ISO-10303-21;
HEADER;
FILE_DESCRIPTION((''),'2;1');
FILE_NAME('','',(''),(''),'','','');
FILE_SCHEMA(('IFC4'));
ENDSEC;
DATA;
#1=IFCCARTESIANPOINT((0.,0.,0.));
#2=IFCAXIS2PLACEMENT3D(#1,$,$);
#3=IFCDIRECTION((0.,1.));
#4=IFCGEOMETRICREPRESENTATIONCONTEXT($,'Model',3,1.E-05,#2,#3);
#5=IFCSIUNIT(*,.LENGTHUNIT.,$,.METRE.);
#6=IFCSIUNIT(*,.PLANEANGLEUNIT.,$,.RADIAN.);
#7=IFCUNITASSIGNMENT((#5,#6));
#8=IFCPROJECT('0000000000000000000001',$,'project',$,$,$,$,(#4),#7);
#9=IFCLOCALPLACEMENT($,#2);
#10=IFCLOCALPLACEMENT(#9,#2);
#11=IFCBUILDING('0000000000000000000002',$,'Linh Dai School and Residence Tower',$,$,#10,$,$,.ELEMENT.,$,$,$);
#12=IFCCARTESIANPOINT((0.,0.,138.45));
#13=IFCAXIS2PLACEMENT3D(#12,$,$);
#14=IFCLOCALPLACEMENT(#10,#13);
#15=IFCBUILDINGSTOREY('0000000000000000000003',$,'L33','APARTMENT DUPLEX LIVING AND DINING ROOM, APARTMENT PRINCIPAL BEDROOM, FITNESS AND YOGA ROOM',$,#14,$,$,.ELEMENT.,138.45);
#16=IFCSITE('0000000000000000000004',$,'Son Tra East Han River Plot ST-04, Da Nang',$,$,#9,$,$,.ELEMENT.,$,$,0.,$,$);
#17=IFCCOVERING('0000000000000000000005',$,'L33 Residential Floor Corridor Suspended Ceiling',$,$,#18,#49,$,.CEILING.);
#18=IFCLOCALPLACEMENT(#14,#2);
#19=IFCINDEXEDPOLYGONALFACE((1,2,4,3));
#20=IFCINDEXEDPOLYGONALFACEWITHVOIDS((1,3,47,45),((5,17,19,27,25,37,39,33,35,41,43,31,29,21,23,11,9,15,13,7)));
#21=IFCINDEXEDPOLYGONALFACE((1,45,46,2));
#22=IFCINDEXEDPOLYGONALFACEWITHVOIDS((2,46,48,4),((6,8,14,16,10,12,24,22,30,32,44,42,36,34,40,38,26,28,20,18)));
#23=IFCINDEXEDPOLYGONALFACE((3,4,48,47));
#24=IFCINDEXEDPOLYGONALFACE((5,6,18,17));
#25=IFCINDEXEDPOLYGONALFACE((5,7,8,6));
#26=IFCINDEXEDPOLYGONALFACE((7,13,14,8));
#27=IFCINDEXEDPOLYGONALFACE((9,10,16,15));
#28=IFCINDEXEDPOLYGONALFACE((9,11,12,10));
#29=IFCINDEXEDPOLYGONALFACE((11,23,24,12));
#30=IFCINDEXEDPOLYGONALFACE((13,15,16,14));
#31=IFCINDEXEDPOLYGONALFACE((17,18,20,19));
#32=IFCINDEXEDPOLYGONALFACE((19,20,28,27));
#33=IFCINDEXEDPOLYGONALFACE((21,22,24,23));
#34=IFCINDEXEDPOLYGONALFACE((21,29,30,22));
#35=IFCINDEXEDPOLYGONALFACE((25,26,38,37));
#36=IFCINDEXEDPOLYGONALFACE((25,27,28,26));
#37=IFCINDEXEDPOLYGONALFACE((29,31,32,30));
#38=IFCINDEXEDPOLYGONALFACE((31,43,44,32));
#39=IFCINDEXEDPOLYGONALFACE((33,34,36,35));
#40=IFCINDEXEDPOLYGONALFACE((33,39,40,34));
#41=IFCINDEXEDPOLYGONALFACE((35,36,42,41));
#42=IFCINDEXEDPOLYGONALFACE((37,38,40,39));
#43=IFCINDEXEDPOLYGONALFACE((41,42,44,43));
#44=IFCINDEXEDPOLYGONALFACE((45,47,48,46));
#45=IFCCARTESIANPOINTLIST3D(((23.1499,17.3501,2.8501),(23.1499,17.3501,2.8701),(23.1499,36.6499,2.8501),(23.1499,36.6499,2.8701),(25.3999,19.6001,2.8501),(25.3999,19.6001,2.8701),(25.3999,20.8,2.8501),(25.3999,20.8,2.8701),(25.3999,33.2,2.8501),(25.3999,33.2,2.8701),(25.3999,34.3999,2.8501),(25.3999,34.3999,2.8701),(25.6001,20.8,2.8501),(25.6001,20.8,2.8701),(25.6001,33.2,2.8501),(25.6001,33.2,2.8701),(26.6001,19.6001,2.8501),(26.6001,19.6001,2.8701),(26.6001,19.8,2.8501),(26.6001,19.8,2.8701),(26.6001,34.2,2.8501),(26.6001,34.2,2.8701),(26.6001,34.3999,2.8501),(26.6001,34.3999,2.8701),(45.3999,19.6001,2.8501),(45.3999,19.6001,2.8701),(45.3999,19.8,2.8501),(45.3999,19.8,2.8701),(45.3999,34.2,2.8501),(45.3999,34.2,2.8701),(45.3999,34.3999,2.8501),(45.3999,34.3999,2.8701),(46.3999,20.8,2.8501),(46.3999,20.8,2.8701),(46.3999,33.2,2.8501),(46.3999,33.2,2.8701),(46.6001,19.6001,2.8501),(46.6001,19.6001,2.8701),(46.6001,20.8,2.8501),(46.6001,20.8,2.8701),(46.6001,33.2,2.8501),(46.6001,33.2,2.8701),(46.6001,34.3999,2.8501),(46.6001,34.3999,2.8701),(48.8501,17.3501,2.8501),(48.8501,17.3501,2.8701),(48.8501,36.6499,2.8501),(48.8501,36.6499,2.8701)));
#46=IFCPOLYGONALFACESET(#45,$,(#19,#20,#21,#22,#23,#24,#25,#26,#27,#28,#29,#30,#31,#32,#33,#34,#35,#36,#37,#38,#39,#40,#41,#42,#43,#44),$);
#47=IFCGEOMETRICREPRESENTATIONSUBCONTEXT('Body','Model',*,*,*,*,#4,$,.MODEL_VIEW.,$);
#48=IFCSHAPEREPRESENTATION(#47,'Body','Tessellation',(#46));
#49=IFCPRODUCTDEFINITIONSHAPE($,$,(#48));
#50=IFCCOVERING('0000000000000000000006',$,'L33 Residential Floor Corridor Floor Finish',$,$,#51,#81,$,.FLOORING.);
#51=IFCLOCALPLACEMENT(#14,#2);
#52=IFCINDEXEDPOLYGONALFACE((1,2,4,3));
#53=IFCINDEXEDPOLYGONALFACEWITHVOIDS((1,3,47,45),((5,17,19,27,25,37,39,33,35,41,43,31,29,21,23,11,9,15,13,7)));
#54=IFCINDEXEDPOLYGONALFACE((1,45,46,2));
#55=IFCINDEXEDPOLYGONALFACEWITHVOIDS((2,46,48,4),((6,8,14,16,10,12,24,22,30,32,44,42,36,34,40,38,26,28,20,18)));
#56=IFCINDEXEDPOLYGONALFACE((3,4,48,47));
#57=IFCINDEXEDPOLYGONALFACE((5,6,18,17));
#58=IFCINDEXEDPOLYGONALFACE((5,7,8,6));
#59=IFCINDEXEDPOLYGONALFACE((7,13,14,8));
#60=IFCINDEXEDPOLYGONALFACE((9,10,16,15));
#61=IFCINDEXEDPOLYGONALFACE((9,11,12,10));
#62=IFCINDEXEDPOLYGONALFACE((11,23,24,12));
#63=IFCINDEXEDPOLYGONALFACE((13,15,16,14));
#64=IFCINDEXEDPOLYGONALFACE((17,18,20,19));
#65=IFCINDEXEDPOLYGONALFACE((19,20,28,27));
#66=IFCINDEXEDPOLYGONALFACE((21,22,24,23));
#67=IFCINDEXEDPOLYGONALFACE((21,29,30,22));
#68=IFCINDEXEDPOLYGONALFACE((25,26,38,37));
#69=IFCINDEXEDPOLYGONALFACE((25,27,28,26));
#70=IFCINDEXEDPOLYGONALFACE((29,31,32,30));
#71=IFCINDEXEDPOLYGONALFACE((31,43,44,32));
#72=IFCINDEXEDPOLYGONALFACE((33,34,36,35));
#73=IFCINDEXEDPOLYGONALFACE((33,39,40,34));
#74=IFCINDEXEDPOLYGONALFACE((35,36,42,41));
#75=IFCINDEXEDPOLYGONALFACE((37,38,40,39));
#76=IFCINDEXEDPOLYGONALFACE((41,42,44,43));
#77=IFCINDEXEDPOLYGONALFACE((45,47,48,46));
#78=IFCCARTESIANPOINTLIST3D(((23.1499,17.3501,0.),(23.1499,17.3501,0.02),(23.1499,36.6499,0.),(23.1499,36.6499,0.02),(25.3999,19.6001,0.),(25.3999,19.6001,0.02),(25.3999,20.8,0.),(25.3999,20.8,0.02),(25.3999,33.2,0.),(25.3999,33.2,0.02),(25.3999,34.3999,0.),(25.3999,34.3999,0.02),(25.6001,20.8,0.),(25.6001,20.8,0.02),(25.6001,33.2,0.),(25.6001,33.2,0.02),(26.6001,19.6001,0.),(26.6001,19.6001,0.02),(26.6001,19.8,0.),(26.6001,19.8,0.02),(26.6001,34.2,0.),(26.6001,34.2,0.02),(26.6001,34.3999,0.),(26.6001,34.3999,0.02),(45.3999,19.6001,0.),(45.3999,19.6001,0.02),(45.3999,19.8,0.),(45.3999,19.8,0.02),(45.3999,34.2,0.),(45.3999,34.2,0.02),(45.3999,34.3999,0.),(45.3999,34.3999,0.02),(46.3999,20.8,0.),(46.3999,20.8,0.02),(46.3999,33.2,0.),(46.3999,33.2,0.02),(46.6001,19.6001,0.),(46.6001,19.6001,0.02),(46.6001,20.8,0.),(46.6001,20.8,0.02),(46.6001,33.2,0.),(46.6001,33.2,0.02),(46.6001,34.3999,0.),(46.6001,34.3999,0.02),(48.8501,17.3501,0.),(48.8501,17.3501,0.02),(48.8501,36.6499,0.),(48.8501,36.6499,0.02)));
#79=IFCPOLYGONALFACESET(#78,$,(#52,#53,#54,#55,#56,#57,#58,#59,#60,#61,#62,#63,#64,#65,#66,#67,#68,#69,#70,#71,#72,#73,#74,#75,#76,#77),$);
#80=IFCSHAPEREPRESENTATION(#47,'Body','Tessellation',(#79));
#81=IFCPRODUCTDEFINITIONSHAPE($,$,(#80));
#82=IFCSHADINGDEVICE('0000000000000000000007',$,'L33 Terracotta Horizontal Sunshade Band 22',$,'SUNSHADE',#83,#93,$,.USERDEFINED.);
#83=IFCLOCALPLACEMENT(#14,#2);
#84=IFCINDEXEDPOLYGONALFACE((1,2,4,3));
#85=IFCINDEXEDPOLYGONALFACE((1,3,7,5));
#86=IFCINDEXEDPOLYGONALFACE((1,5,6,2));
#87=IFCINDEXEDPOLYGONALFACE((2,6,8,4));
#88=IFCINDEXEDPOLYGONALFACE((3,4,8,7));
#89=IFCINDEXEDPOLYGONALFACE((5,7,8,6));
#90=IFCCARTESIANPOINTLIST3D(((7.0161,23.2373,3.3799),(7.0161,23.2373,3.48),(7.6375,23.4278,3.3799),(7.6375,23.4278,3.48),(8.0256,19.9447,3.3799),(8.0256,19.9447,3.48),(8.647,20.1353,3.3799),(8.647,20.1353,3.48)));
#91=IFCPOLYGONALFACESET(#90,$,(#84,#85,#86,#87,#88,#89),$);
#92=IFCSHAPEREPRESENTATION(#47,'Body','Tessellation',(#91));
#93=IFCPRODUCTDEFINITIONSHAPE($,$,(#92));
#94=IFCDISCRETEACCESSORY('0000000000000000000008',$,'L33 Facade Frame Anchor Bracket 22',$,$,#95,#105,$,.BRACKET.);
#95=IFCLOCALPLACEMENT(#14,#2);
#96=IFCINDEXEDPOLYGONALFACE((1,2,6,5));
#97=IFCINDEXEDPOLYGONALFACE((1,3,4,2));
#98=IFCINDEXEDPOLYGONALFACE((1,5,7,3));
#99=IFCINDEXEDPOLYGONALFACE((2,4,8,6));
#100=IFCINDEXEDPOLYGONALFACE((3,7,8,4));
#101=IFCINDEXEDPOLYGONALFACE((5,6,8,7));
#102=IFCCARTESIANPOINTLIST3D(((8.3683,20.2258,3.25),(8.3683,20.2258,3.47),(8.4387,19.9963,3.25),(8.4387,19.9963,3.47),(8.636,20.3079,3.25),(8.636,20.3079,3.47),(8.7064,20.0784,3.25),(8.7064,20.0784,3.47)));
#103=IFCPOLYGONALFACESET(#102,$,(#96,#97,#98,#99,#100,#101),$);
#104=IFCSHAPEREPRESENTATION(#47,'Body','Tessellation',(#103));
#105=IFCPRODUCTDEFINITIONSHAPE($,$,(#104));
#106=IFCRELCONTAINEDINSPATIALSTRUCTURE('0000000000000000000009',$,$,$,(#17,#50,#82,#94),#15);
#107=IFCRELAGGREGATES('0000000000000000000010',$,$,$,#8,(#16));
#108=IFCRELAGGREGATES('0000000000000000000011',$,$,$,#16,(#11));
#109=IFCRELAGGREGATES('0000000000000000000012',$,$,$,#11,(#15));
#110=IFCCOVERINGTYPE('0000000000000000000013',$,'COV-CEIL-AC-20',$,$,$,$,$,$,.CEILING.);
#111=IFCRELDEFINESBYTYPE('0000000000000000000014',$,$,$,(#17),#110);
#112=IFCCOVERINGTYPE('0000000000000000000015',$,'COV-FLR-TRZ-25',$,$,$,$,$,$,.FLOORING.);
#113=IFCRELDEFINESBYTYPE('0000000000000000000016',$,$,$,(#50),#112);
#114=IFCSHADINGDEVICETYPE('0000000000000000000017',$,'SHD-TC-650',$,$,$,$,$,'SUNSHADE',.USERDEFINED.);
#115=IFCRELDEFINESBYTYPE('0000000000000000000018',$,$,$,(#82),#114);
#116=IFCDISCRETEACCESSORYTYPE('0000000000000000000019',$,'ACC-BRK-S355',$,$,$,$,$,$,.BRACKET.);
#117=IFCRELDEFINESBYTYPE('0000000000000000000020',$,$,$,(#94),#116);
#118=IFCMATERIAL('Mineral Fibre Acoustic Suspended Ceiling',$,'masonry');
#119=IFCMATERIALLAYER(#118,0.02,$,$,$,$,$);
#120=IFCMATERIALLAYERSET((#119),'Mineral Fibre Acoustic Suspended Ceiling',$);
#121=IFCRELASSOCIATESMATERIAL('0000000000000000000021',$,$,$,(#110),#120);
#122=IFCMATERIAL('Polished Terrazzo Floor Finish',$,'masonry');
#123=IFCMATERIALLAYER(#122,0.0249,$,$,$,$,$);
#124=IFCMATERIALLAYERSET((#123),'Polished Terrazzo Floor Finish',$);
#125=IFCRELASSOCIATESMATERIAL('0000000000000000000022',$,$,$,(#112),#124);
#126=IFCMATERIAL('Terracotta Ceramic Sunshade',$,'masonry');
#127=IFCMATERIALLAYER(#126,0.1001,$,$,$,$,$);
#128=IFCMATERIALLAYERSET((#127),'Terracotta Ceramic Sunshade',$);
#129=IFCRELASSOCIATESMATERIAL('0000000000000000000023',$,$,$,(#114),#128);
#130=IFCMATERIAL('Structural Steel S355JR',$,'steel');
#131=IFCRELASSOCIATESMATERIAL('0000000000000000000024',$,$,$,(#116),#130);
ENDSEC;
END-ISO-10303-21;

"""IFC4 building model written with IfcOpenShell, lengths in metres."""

from ifc_helpers import new_model, si_unit, direction, frame, origin, origin_2d, place, context, subcontext, project, spatial, polyline, rectangle, outline, extrude, source, transform, mapped, material, layer, layer_set, type_object, element, save


model = new_model("IFC4")

# Units and contexts
model_context = context("Model", 3, precision=1e-05, world=origin(), true_north=direction((0.0, 1.0)))
body_context = subcontext(model_context, "Body", "Model", "MODEL_VIEW")
ifc_project = project(units=[si_unit("LENGTHUNIT", "METRE"), si_unit("PLANEANGLEUNIT", "RADIAN")], contexts=[model_context])

# Site, building, storey
site_placement = place(None, origin())
site = spatial("IfcSite", under=ifc_project, at=site_placement, Name="Son Tra East Han River Plot ST-04, Da Nang", CompositionType="ELEMENT", RefElevation=0.0)
building_placement = place(site_placement, origin())
building = spatial("IfcBuilding", under=site, at=building_placement, Name="Linh Dai School and Residence Tower", CompositionType="ELEMENT")
storey_placement = place(building_placement, frame((0.0, 0.0, 138.45)))
storey = spatial("IfcBuildingStorey", under=building, at=storey_placement, Name="L33", Description="APARTMENT DUPLEX LIVING AND DINING ROOM, APARTMENT PRINCIPAL BEDROOM, FITNESS AND YOGA ROOM", CompositionType="ELEMENT", Elevation=138.45)

# Shared definitions
ifc_material_1 = material(Name="Structural Steel S355JR", Category="steel")

# Coverings
ifc_material_2 = material(Name="Mineral Fibre Acoustic Suspended Ceiling", Category="masonry")
ifc_layer_1 = layer(ifc_material_2, 0.02)
ifc_layer_set_1 = layer_set([ifc_layer_1], Name="Mineral Fibre Acoustic Suspended Ceiling")
covering_type_1 = type_object("IfcCoveringType", Name="COV-CEIL-AC-20", PredefinedType="CEILING", material=ifc_layer_set_1)
covering_1_placement = place(storey_placement, frame((0.0, 0.0, 2.8501)))
element("IfcCovering", 1, at=covering_1_placement, inside=storey, type_object=covering_type_1, Name="L33 Residential Floor Corridor Suspended Ceiling", PredefinedType="CEILING", context=body_context, shape_type="SweptSolid", body=[
    extrude(outline(polyline([(48.8501, 36.6499), (48.8501, 17.3501), (23.1499, 17.3501), (23.1499, 36.6499), (48.8501, 36.6499)]), holes=[polyline([(26.6001, 34.2), (26.6001, 34.3999), (25.3999, 34.3999), (25.3999, 33.2), (25.6001, 33.2), (25.6001, 20.8), (25.3999, 20.8), (25.3999, 19.6001), (26.6001, 19.6001), (26.6001, 19.8), (45.3999, 19.8), (45.3999, 19.6001), (46.6001, 19.6001), (46.6001, 20.8), (46.3999, 20.8), (46.3999, 33.2), (46.6001, 33.2), (46.6001, 34.3999), (45.3999, 34.3999), (45.3999, 34.2), (26.6001, 34.2)])]), origin(), (0.0, 0.0, 1.0), 0.02),
])
ifc_material_3 = material(Name="Polished Terrazzo Floor Finish", Category="masonry")
ifc_layer_2 = layer(ifc_material_3, 0.0249)
ifc_layer_set_2 = layer_set([ifc_layer_2], Name="Polished Terrazzo Floor Finish")
covering_type_2 = type_object("IfcCoveringType", Name="COV-FLR-TRZ-25", PredefinedType="FLOORING", material=ifc_layer_set_2)
covering_2_placement = place(storey_placement, origin())
element("IfcCovering", 2, at=covering_2_placement, inside=storey, type_object=covering_type_2, Name="L33 Residential Floor Corridor Floor Finish", PredefinedType="FLOORING", context=body_context, shape_type="SweptSolid", body=[
    extrude(outline(polyline([(48.8501, 36.6499), (48.8501, 17.3501), (23.1499, 17.3501), (23.1499, 36.6499), (48.8501, 36.6499)]), holes=[polyline([(26.6001, 34.2), (26.6001, 34.3999), (25.3999, 34.3999), (25.3999, 33.2), (25.6001, 33.2), (25.6001, 20.8), (25.3999, 20.8), (25.3999, 19.6001), (26.6001, 19.6001), (26.6001, 19.8), (45.3999, 19.8), (45.3999, 19.6001), (46.6001, 19.6001), (46.6001, 20.8), (46.3999, 20.8), (46.3999, 33.2), (46.6001, 33.2), (46.6001, 34.3999), (45.3999, 34.3999), (45.3999, 34.2), (26.6001, 34.2)])]), origin(), (0.0, 0.0, 1.0), 0.02),
])

# Shading device
ifc_material_4 = material(Name="Terracotta Ceramic Sunshade", Category="masonry")
ifc_layer_3 = layer(ifc_material_4, 0.1001)
ifc_layer_set_3 = layer_set([ifc_layer_3], Name="Terracotta Ceramic Sunshade")
shading_device_type = type_object("IfcShadingDeviceType", Name="SHD-TC-650", ElementType="SUNSHADE", PredefinedType="USERDEFINED", material=ifc_layer_set_3)
shared_shape_1 = source(origin(), body_context, "Body", "SweptSolid", [
    extrude(rectangle(XDim=3.4438, YDim=0.6499, at=origin_2d()), origin(), (0.0, 0.0, 1.0), 0.1001),
])
shading_device_placement = place(storey_placement, frame((7.8315, 21.6863, 3.3799), z_axis=(0.0, 0.0, 1.0), x_axis=(-0.293134, 0.956072, 0.0)))
element("IfcShadingDevice", 3, at=shading_device_placement, inside=storey, type_object=shading_device_type, Name="L33 Terracotta Horizontal Sunshade Band 22", ObjectType="SUNSHADE", PredefinedType="USERDEFINED", context=body_context, shape_type="MappedRepresentation", body=[
    mapped(shared_shape_1, transform((0.0, 0.0, 0.0), x_axis=(1.0, 0.0, 0.0), y_axis=(0.0, 1.0, 0.0), z_axis=(0.0, 0.0, 1.0), scale=1.0)),
])

# Discrete accessory
discrete_accessory_type = type_object("IfcDiscreteAccessoryType", Name="ACC-BRK-S355", PredefinedType="BRACKET", material=ifc_material_1)
shared_shape_2 = source(origin(), body_context, "Body", "SweptSolid", [
    extrude(rectangle(XDim=0.28, YDim=0.24, at=origin_2d()), origin(), (0.0, 0.0, 1.0), 0.22),
])
discrete_accessory_placement = place(storey_placement, frame((8.5374, 20.1521, 3.25), z_axis=(0.0, 0.0, 1.0), x_axis=(-0.956072, -0.293134, 0.0)))
element("IfcDiscreteAccessory", 4, at=discrete_accessory_placement, inside=storey, type_object=discrete_accessory_type, Name="L33 Facade Frame Anchor Bracket 22", PredefinedType="BRACKET", context=body_context, shape_type="MappedRepresentation", body=[
    mapped(shared_shape_2, transform((0.0, 0.0, 0.0), x_axis=(1.0, 0.0, 0.0), y_axis=(0.0, 1.0, 0.0), z_axis=(0.0, 0.0, 1.0), scale=1.0)),
])

save(model, "model.ifc")
